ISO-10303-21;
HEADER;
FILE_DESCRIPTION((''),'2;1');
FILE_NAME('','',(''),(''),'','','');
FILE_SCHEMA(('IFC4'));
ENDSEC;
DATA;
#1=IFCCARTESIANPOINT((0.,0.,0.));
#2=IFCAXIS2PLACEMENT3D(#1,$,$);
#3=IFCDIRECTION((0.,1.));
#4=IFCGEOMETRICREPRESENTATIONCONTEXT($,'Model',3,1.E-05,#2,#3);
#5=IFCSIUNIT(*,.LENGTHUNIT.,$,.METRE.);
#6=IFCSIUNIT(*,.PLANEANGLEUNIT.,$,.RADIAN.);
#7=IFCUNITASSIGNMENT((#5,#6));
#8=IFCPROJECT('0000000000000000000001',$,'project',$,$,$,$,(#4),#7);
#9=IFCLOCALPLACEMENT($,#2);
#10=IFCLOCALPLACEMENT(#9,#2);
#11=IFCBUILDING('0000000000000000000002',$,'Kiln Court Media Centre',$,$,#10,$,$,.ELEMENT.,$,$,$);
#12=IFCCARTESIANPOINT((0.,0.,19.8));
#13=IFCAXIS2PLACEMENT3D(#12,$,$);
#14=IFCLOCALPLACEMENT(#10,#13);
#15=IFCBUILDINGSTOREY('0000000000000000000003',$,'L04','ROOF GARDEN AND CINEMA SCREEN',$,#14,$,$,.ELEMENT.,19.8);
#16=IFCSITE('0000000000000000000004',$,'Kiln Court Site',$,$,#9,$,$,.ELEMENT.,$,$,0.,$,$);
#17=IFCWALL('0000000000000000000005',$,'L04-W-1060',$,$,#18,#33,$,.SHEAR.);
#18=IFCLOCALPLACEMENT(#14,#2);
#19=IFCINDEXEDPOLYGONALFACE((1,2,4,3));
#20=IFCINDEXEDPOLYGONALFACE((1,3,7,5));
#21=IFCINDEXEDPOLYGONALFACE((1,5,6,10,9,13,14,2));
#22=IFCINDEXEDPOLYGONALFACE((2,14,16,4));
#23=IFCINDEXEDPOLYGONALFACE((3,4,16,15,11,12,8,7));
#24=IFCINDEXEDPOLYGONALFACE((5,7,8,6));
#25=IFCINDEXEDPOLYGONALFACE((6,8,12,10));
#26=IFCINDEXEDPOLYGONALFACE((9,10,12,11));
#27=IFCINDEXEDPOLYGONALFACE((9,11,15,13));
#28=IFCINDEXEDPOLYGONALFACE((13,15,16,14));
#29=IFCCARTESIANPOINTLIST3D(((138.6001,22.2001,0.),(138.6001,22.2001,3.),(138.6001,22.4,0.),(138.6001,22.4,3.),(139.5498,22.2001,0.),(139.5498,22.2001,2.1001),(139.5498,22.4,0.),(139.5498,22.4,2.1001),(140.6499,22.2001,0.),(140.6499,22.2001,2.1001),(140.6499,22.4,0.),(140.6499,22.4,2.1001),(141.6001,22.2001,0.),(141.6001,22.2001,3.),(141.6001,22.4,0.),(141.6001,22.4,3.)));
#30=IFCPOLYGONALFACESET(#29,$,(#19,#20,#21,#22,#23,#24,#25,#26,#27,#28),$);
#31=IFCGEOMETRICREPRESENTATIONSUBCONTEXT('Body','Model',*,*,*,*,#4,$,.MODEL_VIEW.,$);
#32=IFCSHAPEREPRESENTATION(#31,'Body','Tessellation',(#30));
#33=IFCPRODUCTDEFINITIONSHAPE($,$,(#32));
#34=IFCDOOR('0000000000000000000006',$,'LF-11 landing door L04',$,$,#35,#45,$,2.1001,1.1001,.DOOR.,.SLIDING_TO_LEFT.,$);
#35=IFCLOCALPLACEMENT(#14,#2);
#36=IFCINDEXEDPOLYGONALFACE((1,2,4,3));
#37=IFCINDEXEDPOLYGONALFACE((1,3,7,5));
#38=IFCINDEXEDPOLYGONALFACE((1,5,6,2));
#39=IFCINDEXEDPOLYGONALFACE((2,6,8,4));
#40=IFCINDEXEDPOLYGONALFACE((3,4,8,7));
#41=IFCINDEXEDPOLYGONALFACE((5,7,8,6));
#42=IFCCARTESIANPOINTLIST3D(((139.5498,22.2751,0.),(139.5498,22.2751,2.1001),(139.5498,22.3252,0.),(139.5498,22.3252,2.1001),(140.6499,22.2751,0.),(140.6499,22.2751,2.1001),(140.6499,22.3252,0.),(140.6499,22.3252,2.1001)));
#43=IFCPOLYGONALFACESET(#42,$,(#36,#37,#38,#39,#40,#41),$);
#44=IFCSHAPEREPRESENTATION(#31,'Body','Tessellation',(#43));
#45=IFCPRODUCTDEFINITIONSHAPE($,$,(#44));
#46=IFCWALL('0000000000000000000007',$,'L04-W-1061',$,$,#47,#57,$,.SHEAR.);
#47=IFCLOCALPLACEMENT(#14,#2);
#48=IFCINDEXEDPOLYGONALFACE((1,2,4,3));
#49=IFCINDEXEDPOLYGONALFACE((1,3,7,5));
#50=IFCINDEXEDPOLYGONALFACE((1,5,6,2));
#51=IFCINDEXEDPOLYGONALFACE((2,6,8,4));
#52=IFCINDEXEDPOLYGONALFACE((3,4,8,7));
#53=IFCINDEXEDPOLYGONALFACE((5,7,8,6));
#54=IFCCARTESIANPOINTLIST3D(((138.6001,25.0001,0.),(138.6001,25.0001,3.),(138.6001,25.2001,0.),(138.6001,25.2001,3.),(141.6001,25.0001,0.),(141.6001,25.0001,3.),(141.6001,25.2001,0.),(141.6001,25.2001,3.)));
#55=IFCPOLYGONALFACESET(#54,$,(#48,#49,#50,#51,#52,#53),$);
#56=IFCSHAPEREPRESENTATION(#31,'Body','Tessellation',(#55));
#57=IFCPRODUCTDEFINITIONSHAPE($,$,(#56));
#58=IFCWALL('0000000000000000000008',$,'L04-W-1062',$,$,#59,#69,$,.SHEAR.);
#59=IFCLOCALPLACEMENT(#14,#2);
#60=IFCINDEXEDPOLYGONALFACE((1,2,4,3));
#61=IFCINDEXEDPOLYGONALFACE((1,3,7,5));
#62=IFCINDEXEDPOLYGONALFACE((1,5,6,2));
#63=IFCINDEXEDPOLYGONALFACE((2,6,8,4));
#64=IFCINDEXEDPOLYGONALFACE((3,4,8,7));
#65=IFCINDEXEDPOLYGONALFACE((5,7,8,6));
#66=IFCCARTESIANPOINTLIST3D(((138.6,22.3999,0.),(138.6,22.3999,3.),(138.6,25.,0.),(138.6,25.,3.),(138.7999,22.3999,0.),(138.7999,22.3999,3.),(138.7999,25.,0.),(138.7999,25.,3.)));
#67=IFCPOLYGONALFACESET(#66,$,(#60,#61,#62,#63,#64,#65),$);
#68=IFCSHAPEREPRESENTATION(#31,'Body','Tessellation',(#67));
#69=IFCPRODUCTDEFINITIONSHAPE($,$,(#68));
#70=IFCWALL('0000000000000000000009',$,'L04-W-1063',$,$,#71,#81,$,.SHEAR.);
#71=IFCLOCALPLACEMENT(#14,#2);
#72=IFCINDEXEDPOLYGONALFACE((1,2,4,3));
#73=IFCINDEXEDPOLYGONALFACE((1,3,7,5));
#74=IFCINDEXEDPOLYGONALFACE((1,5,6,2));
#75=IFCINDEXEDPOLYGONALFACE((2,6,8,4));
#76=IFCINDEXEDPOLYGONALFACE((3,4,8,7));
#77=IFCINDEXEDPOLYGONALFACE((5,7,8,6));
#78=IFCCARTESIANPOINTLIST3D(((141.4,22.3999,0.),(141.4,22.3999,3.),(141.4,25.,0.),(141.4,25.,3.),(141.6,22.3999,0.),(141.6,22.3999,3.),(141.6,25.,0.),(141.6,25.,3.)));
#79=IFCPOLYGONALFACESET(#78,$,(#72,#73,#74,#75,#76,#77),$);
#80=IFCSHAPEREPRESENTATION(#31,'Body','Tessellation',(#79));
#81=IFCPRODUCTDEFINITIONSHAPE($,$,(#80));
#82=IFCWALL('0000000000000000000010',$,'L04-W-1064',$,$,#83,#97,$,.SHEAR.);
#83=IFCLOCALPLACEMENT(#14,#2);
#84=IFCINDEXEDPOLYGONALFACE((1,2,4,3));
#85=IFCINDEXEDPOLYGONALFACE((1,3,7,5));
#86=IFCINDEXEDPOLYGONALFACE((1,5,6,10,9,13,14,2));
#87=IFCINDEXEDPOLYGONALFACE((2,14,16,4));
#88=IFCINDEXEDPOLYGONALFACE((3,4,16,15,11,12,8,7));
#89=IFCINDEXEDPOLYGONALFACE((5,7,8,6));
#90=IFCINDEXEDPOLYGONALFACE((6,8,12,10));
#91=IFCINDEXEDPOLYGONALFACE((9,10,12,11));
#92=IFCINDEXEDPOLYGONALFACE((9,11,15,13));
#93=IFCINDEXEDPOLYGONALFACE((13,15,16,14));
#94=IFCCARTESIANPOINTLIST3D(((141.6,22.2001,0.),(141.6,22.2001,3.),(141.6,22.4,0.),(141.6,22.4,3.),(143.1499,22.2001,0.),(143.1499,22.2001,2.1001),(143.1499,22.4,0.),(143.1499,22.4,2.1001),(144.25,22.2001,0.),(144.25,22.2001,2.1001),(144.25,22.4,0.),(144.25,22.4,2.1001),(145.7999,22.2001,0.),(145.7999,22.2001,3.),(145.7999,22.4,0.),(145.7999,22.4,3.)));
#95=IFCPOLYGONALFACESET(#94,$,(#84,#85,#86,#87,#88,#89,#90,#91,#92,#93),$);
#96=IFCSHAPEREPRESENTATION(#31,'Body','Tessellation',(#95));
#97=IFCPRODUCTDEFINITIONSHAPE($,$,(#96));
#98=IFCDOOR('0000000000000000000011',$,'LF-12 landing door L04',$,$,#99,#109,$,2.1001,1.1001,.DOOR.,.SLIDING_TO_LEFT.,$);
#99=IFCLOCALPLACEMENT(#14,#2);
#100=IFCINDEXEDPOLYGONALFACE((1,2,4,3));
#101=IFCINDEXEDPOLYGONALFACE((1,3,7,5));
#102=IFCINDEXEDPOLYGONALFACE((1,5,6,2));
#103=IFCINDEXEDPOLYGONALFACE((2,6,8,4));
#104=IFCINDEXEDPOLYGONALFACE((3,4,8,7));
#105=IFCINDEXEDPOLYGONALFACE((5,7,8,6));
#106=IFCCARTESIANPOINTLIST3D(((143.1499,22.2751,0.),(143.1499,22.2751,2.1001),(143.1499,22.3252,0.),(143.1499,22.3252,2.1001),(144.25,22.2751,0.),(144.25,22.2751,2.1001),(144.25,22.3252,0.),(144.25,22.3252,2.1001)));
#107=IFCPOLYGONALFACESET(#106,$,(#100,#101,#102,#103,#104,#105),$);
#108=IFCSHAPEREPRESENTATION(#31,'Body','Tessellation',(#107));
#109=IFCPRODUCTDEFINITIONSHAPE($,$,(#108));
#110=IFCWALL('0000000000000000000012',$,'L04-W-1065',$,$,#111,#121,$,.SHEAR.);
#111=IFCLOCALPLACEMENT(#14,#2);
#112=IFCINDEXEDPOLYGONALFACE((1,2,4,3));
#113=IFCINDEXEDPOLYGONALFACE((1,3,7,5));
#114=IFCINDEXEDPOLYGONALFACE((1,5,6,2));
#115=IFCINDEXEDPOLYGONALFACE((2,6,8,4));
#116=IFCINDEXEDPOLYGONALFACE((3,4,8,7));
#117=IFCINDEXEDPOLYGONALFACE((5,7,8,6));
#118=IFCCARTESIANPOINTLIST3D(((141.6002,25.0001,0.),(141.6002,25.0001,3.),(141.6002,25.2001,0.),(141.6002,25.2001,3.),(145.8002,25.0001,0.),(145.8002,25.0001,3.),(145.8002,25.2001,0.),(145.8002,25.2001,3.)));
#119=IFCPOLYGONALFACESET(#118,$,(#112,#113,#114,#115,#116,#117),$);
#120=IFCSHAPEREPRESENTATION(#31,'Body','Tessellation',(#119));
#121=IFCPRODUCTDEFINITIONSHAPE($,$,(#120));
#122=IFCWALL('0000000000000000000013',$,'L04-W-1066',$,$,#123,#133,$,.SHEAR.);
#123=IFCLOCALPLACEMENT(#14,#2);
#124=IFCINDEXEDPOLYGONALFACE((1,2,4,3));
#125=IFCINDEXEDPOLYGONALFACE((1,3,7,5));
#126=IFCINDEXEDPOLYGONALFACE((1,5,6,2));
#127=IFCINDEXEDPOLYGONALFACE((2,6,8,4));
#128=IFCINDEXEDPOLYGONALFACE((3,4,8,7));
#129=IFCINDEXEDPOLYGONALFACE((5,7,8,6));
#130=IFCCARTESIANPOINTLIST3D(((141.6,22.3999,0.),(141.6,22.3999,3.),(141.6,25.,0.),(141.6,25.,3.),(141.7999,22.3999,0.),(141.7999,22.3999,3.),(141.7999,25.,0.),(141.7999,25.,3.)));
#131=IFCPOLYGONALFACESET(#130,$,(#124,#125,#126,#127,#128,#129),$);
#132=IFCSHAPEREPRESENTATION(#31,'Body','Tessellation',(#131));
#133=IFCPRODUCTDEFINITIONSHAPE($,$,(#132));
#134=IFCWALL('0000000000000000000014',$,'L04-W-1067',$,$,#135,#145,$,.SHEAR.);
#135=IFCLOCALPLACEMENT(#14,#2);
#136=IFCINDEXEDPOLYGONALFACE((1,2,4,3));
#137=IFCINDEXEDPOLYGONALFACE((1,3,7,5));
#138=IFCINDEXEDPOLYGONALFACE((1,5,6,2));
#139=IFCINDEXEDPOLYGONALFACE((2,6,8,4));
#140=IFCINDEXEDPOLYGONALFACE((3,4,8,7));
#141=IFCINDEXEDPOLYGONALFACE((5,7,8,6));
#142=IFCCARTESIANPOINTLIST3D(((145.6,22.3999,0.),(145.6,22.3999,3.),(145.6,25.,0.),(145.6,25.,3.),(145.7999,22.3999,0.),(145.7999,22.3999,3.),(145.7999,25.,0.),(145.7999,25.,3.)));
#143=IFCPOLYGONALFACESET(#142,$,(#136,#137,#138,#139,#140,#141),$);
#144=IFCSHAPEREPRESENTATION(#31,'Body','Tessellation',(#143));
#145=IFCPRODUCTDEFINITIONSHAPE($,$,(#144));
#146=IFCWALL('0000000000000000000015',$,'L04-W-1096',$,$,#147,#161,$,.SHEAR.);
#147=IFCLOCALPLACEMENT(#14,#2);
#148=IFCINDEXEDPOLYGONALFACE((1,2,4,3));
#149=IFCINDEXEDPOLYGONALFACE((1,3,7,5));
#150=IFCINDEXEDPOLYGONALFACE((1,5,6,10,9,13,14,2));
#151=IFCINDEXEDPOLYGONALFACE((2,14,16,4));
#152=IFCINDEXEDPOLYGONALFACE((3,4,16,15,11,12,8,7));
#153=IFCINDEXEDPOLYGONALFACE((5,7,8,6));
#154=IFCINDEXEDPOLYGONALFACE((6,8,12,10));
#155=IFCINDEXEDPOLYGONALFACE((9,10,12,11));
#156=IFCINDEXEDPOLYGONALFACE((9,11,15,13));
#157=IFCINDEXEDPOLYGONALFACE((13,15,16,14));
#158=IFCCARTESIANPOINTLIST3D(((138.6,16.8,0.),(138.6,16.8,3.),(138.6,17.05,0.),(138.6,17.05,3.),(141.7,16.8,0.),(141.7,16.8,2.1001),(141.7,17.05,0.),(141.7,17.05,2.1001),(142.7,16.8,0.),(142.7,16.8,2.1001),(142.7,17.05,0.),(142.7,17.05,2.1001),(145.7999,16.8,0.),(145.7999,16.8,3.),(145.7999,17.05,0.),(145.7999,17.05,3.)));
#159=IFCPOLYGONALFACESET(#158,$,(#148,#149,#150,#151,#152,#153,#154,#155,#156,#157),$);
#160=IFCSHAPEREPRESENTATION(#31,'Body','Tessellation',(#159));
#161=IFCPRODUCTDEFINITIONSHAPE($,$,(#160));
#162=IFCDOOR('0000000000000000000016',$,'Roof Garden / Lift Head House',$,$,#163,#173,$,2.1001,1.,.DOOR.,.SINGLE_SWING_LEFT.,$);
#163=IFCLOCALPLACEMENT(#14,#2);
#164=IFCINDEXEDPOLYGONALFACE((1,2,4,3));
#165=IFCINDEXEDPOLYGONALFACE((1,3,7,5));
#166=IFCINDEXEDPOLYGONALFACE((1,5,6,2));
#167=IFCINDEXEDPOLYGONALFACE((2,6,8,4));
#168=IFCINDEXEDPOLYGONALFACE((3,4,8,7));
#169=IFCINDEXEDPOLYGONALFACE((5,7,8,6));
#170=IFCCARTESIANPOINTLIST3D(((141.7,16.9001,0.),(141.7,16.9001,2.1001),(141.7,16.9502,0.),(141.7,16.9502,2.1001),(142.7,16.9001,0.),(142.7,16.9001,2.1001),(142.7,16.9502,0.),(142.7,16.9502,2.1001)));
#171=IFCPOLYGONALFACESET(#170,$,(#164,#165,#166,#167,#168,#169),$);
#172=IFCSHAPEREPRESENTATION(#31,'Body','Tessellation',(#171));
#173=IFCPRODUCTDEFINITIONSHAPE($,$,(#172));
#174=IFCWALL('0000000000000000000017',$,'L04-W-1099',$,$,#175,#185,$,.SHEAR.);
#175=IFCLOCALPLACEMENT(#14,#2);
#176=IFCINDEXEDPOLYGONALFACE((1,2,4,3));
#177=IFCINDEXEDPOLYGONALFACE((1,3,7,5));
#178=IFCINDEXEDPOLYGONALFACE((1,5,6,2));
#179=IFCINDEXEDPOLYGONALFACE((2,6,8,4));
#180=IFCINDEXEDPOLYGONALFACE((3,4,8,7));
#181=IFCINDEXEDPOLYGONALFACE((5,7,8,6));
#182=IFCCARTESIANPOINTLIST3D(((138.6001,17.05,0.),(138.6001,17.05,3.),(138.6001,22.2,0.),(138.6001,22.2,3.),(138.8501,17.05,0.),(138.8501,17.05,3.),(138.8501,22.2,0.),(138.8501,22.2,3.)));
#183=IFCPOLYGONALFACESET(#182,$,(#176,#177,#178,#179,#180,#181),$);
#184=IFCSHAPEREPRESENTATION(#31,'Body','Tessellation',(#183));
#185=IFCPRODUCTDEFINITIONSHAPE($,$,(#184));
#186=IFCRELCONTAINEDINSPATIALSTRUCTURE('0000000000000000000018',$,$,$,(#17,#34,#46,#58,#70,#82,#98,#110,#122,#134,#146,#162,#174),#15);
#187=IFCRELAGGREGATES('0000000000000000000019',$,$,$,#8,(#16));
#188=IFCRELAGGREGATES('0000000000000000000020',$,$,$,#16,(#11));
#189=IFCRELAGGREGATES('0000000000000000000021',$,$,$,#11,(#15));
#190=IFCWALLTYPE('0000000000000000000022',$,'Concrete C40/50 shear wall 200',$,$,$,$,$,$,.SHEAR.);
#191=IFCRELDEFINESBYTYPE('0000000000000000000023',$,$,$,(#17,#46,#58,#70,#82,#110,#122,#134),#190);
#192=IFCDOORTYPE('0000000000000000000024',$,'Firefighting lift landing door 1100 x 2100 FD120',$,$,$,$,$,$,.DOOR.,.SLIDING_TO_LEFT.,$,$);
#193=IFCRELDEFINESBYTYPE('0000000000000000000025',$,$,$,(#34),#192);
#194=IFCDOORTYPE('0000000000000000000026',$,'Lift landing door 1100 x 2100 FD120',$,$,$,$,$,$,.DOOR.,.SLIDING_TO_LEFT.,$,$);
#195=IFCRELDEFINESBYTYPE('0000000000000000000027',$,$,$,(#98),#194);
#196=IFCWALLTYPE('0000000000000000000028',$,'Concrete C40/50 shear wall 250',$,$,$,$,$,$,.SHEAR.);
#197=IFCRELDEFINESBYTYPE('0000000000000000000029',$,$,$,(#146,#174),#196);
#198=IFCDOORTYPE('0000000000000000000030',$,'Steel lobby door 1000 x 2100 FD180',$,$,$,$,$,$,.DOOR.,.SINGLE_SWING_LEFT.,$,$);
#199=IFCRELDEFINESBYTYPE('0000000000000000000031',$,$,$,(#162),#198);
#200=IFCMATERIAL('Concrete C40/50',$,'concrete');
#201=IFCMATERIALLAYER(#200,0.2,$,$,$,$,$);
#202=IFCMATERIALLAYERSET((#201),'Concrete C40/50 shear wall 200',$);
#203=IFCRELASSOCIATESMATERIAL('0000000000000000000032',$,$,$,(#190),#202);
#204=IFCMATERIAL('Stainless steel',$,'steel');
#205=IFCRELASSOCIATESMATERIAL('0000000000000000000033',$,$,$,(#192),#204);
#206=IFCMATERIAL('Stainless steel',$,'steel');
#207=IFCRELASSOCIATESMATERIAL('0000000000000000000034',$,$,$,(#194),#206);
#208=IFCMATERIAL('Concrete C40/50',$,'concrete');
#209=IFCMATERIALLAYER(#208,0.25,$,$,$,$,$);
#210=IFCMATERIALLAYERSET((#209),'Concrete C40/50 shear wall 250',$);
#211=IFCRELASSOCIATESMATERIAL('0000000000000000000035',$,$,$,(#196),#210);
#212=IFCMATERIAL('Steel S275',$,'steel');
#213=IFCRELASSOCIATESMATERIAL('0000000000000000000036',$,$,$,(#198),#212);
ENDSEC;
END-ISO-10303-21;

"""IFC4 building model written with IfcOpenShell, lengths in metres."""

from ifc_helpers import new_model, si_unit, direction, frame, frame_2d, origin, place, context, subcontext, project, spatial, rectangle, extrude, material, layer, layer_set, type_object, element, fill, save


model = new_model("IFC4")

# Units and contexts
model_context = context("Model", 3, precision=1e-05, world=origin(), true_north=direction((0.0, 1.0)))
body_context = subcontext(model_context, "Body", "Model", "MODEL_VIEW")
ifc_project = project(units=[si_unit("LENGTHUNIT", "METRE"), si_unit("PLANEANGLEUNIT", "RADIAN")], contexts=[model_context])

# Site, building, storey
site_placement = place(None, origin())
site = spatial("IfcSite", under=ifc_project, at=site_placement, Name="Kiln Court Site", CompositionType="ELEMENT", RefElevation=0.0)
building_placement = place(site_placement, origin())
building = spatial("IfcBuilding", under=site, at=building_placement, Name="Kiln Court Media Centre", CompositionType="ELEMENT")
storey_placement = place(building_placement, frame((0.0, 0.0, 19.8)))
storey = spatial("IfcBuildingStorey", under=building, at=storey_placement, Name="L04", Description="ROOF GARDEN AND CINEMA SCREEN", CompositionType="ELEMENT", Elevation=19.8)

# Wall, opening, door
ifc_material_1 = material(Name="Concrete C40/50", Category="concrete")
ifc_layer_1 = layer(ifc_material_1, 0.2)
ifc_layer_set_1 = layer_set([ifc_layer_1], Name="Concrete C40/50 shear wall 200")
wall_type_1 = type_object("IfcWallType", Name="Concrete C40/50 shear wall 200", PredefinedType="SHEAR", material=ifc_layer_set_1)
wall_1_placement = place(storey_placement, frame((141.6001, 22.3, 0.0), z_axis=(0.0, 0.0, 1.0), x_axis=(-1.0, 0.0, 0.0)))
wall_1 = element("IfcWall", 1, at=wall_1_placement, inside=storey, type_object=wall_type_1, Name="L04-W-1060", PredefinedType="SHEAR", context=body_context, shape_type="SweptSolid", body=[
    extrude(rectangle(XDim=3.0, YDim=0.2, at=frame_2d((1.5, 0.0))), origin(), (0.0, 0.0, 1.0), 3.0),
])
opening_1_placement = place(wall_1_placement, frame((0.9502, 0.0, 0.0)))
opening_1 = element("IfcOpeningElement", 2, at=opening_1_placement, cuts=wall_1, PredefinedType="OPENING", context=body_context, shape_type="SweptSolid", body=[
    extrude(rectangle(XDim=1.1001, YDim=2.1001, at=frame_2d((0.55, 1.05))), frame((0.0, 0.1099, 0.0), z_axis=(0.0, -1.0, 0.0), x_axis=(1.0, 0.0, 0.0)), (0.0, 0.0, 1.0), 0.22),
])
ifc_material_2 = material(Name="Stainless steel", Category="steel")
door_type_1 = type_object("IfcDoorType", Name="Firefighting lift landing door 1100 x 2100 FD120", OperationType="SLIDING_TO_LEFT", PredefinedType="DOOR", material=ifc_material_2)
door_1_placement = place(opening_1_placement, origin())
door_1 = element("IfcDoor", 3, at=door_1_placement, inside=storey, type_object=door_type_1, Name="LF-11 landing door L04", OperationType="SLIDING_TO_LEFT", OverallHeight=2.1001, OverallWidth=1.1001, PredefinedType="DOOR", context=body_context, shape_type="SweptSolid", body=[
    extrude(rectangle(XDim=1.1001, YDim=2.1001, at=frame_2d((0.55, 1.05))), frame((0.0, 0.0249, 0.0), z_axis=(0.0, -1.0, 0.0), x_axis=(1.0, 0.0, 0.0)), (0.0, 0.0, 1.0), 0.05),
])
fill(opening_1, door_1)

# Walls
wall_2_placement = place(storey_placement, frame((138.6001, 25.1001, 0.0), z_axis=(0.0, 0.0, 1.0), x_axis=(1.0, 0.0, 0.0)))
element("IfcWall", 4, at=wall_2_placement, inside=storey, type_object=wall_type_1, Name="L04-W-1061", PredefinedType="SHEAR", context=body_context, shape_type="SweptSolid", body=[
    extrude(rectangle(XDim=3.0, YDim=0.2, at=frame_2d((1.5, 0.0))), origin(), (0.0, 0.0, 1.0), 3.0),
])
for number, where, z_axis, x_axis, name in (
    (5, (138.7, 22.3999, 0.0), (0.0, 0.0, 1.0), (0.0, 1.0, 0.0), "L04-W-1062"),
    (6, (141.5, 25.0, 0.0), (0.0, 0.0, 1.0), (0.0, -1.0, 0.0), "L04-W-1063"),
):
    element("IfcWall", number, at=place(storey_placement, frame(where, z_axis=z_axis, x_axis=x_axis)), inside=storey, type_object=wall_type_1, Name=name, PredefinedType="SHEAR", context=body_context, shape_type="SweptSolid", body=[
        extrude(rectangle(XDim=2.6001, YDim=0.2, at=frame_2d((1.3, 0.0))), origin(), (0.0, 0.0, 1.0), 3.0),
    ])

# Wall, opening, door
wall_3_placement = place(storey_placement, frame((145.8, 22.3, 0.0), z_axis=(0.0, 0.0, 1.0), x_axis=(-1.0, 0.0, 0.0)))
wall_3 = element("IfcWall", 7, at=wall_3_placement, inside=storey, type_object=wall_type_1, Name="L04-W-1064", PredefinedType="SHEAR", context=body_context, shape_type="SweptSolid", body=[
    extrude(rectangle(XDim=4.2, YDim=0.2, at=frame_2d((2.1001, 0.0))), origin(), (0.0, 0.0, 1.0), 3.0),
])
opening_2_placement = place(wall_3_placement, frame((1.55, 0.0, 0.0)))
opening_2 = element("IfcOpeningElement", 8, at=opening_2_placement, cuts=wall_3, PredefinedType="OPENING", context=body_context, shape_type="SweptSolid", body=[
    extrude(rectangle(XDim=1.1001, YDim=2.1001, at=frame_2d((0.55, 1.05))), frame((0.0, 0.1099, 0.0), z_axis=(0.0, -1.0, 0.0), x_axis=(1.0, 0.0, 0.0)), (0.0, 0.0, 1.0), 0.22),
])
ifc_material_3 = material(Name="Stainless steel", Category="steel")
door_type_2 = type_object("IfcDoorType", Name="Lift landing door 1100 x 2100 FD120", OperationType="SLIDING_TO_LEFT", PredefinedType="DOOR", material=ifc_material_3)
door_2_placement = place(opening_2_placement, origin())
door_2 = element("IfcDoor", 9, at=door_2_placement, inside=storey, type_object=door_type_2, Name="LF-12 landing door L04", OperationType="SLIDING_TO_LEFT", OverallHeight=2.1001, OverallWidth=1.1001, PredefinedType="DOOR", context=body_context, shape_type="SweptSolid", body=[
    extrude(rectangle(XDim=1.1001, YDim=2.1001, at=frame_2d((0.55, 1.05))), frame((0.0, 0.0249, 0.0), z_axis=(0.0, -1.0, 0.0), x_axis=(1.0, 0.0, 0.0)), (0.0, 0.0, 1.0), 0.05),
])
fill(opening_2, door_2)

# Walls
wall_4_placement = place(storey_placement, frame((141.6001, 25.1001, 0.0), z_axis=(0.0, 0.0, 1.0), x_axis=(1.0, 0.0, 0.0)))
element("IfcWall", 10, at=wall_4_placement, inside=storey, type_object=wall_type_1, Name="L04-W-1065", PredefinedType="SHEAR", context=body_context, shape_type="SweptSolid", body=[
    extrude(rectangle(XDim=4.2, YDim=0.2, at=frame_2d((2.1001, 0.0))), origin(), (0.0, 0.0, 1.0), 3.0),
])
for number, where, z_axis, x_axis, name in (
    (11, (141.7, 22.3999, 0.0), (0.0, 0.0, 1.0), (0.0, 1.0, 0.0), "L04-W-1066"),
    (12, (145.7, 25.0, 0.0), (0.0, 0.0, 1.0), (0.0, -1.0, 0.0), "L04-W-1067"),
):
    element("IfcWall", number, at=place(storey_placement, frame(where, z_axis=z_axis, x_axis=x_axis)), inside=storey, type_object=wall_type_1, Name=name, PredefinedType="SHEAR", context=body_context, shape_type="SweptSolid", body=[
        extrude(rectangle(XDim=2.6001, YDim=0.2, at=frame_2d((1.3, 0.0))), origin(), (0.0, 0.0, 1.0), 3.0),
    ])

# Wall, opening, door
ifc_material_4 = material(Name="Concrete C40/50", Category="concrete")
ifc_layer_2 = layer(ifc_material_4, 0.25)
ifc_layer_set_2 = layer_set([ifc_layer_2], Name="Concrete C40/50 shear wall 250")
wall_type_2 = type_object("IfcWallType", Name="Concrete C40/50 shear wall 250", PredefinedType="SHEAR", material=ifc_layer_set_2)
wall_5_placement = place(storey_placement, frame((145.8, 16.925, 0.0), z_axis=(0.0, 0.0, 1.0), x_axis=(-1.0, 0.0, 0.0)))
wall_5 = element("IfcWall", 13, at=wall_5_placement, inside=storey, type_object=wall_type_2, Name="L04-W-1096", PredefinedType="SHEAR", context=body_context, shape_type="SweptSolid", body=[
    extrude(rectangle(XDim=7.2, YDim=0.25, at=frame_2d((3.6001, 0.0))), origin(), (0.0, 0.0, 1.0), 3.0),
])
opening_3_placement = place(wall_5_placement, frame((3.1001, 0.0, 0.0)))
opening_3 = element("IfcOpeningElement", 14, at=opening_3_placement, cuts=wall_5, PredefinedType="OPENING", context=body_context, shape_type="SweptSolid", body=[
    extrude(rectangle(XDim=1.0, YDim=2.1001, at=frame_2d((0.5, 1.05))), frame((0.0, 0.135, 0.0), z_axis=(0.0, -1.0, 0.0), x_axis=(1.0, 0.0, 0.0)), (0.0, 0.0, 1.0), 0.27),
])
ifc_material_5 = material(Name="Steel S275", Category="steel")
door_type_3 = type_object("IfcDoorType", Name="Steel lobby door 1000 x 2100 FD180", OperationType="SINGLE_SWING_LEFT", PredefinedType="DOOR", material=ifc_material_5)
door_3_placement = place(opening_3_placement, origin())
door_3 = element("IfcDoor", 15, at=door_3_placement, inside=storey, type_object=door_type_3, Name="Roof Garden / Lift Head House", OperationType="SINGLE_SWING_LEFT", OverallHeight=2.1001, OverallWidth=1.0, PredefinedType="DOOR", context=body_context, shape_type="SweptSolid", body=[
    extrude(rectangle(XDim=1.0, YDim=2.1001, at=frame_2d((0.5, 1.05))), frame((0.0, 0.0249, 0.0), z_axis=(0.0, -1.0, 0.0), x_axis=(1.0, 0.0, 0.0)), (0.0, 0.0, 1.0), 0.05),
])
fill(opening_3, door_3)

# Wall
for number, where, z_axis, x_axis, name in (
    (16, (138.7251, 17.05, 0.0), (0.0, 0.0, 1.0), (0.0, 1.0, 0.0), "L04-W-1099"),
):
    element("IfcWall", number, at=place(storey_placement, frame(where, z_axis=z_axis, x_axis=x_axis)), inside=storey, type_object=wall_type_2, Name=name, PredefinedType="SHEAR", context=body_context, shape_type="SweptSolid", body=[
        extrude(rectangle(XDim=5.1499, YDim=0.25, at=frame_2d((2.575, 0.0))), origin(), (0.0, 0.0, 1.0), 3.0),
    ])

save(model, "model.ifc")
